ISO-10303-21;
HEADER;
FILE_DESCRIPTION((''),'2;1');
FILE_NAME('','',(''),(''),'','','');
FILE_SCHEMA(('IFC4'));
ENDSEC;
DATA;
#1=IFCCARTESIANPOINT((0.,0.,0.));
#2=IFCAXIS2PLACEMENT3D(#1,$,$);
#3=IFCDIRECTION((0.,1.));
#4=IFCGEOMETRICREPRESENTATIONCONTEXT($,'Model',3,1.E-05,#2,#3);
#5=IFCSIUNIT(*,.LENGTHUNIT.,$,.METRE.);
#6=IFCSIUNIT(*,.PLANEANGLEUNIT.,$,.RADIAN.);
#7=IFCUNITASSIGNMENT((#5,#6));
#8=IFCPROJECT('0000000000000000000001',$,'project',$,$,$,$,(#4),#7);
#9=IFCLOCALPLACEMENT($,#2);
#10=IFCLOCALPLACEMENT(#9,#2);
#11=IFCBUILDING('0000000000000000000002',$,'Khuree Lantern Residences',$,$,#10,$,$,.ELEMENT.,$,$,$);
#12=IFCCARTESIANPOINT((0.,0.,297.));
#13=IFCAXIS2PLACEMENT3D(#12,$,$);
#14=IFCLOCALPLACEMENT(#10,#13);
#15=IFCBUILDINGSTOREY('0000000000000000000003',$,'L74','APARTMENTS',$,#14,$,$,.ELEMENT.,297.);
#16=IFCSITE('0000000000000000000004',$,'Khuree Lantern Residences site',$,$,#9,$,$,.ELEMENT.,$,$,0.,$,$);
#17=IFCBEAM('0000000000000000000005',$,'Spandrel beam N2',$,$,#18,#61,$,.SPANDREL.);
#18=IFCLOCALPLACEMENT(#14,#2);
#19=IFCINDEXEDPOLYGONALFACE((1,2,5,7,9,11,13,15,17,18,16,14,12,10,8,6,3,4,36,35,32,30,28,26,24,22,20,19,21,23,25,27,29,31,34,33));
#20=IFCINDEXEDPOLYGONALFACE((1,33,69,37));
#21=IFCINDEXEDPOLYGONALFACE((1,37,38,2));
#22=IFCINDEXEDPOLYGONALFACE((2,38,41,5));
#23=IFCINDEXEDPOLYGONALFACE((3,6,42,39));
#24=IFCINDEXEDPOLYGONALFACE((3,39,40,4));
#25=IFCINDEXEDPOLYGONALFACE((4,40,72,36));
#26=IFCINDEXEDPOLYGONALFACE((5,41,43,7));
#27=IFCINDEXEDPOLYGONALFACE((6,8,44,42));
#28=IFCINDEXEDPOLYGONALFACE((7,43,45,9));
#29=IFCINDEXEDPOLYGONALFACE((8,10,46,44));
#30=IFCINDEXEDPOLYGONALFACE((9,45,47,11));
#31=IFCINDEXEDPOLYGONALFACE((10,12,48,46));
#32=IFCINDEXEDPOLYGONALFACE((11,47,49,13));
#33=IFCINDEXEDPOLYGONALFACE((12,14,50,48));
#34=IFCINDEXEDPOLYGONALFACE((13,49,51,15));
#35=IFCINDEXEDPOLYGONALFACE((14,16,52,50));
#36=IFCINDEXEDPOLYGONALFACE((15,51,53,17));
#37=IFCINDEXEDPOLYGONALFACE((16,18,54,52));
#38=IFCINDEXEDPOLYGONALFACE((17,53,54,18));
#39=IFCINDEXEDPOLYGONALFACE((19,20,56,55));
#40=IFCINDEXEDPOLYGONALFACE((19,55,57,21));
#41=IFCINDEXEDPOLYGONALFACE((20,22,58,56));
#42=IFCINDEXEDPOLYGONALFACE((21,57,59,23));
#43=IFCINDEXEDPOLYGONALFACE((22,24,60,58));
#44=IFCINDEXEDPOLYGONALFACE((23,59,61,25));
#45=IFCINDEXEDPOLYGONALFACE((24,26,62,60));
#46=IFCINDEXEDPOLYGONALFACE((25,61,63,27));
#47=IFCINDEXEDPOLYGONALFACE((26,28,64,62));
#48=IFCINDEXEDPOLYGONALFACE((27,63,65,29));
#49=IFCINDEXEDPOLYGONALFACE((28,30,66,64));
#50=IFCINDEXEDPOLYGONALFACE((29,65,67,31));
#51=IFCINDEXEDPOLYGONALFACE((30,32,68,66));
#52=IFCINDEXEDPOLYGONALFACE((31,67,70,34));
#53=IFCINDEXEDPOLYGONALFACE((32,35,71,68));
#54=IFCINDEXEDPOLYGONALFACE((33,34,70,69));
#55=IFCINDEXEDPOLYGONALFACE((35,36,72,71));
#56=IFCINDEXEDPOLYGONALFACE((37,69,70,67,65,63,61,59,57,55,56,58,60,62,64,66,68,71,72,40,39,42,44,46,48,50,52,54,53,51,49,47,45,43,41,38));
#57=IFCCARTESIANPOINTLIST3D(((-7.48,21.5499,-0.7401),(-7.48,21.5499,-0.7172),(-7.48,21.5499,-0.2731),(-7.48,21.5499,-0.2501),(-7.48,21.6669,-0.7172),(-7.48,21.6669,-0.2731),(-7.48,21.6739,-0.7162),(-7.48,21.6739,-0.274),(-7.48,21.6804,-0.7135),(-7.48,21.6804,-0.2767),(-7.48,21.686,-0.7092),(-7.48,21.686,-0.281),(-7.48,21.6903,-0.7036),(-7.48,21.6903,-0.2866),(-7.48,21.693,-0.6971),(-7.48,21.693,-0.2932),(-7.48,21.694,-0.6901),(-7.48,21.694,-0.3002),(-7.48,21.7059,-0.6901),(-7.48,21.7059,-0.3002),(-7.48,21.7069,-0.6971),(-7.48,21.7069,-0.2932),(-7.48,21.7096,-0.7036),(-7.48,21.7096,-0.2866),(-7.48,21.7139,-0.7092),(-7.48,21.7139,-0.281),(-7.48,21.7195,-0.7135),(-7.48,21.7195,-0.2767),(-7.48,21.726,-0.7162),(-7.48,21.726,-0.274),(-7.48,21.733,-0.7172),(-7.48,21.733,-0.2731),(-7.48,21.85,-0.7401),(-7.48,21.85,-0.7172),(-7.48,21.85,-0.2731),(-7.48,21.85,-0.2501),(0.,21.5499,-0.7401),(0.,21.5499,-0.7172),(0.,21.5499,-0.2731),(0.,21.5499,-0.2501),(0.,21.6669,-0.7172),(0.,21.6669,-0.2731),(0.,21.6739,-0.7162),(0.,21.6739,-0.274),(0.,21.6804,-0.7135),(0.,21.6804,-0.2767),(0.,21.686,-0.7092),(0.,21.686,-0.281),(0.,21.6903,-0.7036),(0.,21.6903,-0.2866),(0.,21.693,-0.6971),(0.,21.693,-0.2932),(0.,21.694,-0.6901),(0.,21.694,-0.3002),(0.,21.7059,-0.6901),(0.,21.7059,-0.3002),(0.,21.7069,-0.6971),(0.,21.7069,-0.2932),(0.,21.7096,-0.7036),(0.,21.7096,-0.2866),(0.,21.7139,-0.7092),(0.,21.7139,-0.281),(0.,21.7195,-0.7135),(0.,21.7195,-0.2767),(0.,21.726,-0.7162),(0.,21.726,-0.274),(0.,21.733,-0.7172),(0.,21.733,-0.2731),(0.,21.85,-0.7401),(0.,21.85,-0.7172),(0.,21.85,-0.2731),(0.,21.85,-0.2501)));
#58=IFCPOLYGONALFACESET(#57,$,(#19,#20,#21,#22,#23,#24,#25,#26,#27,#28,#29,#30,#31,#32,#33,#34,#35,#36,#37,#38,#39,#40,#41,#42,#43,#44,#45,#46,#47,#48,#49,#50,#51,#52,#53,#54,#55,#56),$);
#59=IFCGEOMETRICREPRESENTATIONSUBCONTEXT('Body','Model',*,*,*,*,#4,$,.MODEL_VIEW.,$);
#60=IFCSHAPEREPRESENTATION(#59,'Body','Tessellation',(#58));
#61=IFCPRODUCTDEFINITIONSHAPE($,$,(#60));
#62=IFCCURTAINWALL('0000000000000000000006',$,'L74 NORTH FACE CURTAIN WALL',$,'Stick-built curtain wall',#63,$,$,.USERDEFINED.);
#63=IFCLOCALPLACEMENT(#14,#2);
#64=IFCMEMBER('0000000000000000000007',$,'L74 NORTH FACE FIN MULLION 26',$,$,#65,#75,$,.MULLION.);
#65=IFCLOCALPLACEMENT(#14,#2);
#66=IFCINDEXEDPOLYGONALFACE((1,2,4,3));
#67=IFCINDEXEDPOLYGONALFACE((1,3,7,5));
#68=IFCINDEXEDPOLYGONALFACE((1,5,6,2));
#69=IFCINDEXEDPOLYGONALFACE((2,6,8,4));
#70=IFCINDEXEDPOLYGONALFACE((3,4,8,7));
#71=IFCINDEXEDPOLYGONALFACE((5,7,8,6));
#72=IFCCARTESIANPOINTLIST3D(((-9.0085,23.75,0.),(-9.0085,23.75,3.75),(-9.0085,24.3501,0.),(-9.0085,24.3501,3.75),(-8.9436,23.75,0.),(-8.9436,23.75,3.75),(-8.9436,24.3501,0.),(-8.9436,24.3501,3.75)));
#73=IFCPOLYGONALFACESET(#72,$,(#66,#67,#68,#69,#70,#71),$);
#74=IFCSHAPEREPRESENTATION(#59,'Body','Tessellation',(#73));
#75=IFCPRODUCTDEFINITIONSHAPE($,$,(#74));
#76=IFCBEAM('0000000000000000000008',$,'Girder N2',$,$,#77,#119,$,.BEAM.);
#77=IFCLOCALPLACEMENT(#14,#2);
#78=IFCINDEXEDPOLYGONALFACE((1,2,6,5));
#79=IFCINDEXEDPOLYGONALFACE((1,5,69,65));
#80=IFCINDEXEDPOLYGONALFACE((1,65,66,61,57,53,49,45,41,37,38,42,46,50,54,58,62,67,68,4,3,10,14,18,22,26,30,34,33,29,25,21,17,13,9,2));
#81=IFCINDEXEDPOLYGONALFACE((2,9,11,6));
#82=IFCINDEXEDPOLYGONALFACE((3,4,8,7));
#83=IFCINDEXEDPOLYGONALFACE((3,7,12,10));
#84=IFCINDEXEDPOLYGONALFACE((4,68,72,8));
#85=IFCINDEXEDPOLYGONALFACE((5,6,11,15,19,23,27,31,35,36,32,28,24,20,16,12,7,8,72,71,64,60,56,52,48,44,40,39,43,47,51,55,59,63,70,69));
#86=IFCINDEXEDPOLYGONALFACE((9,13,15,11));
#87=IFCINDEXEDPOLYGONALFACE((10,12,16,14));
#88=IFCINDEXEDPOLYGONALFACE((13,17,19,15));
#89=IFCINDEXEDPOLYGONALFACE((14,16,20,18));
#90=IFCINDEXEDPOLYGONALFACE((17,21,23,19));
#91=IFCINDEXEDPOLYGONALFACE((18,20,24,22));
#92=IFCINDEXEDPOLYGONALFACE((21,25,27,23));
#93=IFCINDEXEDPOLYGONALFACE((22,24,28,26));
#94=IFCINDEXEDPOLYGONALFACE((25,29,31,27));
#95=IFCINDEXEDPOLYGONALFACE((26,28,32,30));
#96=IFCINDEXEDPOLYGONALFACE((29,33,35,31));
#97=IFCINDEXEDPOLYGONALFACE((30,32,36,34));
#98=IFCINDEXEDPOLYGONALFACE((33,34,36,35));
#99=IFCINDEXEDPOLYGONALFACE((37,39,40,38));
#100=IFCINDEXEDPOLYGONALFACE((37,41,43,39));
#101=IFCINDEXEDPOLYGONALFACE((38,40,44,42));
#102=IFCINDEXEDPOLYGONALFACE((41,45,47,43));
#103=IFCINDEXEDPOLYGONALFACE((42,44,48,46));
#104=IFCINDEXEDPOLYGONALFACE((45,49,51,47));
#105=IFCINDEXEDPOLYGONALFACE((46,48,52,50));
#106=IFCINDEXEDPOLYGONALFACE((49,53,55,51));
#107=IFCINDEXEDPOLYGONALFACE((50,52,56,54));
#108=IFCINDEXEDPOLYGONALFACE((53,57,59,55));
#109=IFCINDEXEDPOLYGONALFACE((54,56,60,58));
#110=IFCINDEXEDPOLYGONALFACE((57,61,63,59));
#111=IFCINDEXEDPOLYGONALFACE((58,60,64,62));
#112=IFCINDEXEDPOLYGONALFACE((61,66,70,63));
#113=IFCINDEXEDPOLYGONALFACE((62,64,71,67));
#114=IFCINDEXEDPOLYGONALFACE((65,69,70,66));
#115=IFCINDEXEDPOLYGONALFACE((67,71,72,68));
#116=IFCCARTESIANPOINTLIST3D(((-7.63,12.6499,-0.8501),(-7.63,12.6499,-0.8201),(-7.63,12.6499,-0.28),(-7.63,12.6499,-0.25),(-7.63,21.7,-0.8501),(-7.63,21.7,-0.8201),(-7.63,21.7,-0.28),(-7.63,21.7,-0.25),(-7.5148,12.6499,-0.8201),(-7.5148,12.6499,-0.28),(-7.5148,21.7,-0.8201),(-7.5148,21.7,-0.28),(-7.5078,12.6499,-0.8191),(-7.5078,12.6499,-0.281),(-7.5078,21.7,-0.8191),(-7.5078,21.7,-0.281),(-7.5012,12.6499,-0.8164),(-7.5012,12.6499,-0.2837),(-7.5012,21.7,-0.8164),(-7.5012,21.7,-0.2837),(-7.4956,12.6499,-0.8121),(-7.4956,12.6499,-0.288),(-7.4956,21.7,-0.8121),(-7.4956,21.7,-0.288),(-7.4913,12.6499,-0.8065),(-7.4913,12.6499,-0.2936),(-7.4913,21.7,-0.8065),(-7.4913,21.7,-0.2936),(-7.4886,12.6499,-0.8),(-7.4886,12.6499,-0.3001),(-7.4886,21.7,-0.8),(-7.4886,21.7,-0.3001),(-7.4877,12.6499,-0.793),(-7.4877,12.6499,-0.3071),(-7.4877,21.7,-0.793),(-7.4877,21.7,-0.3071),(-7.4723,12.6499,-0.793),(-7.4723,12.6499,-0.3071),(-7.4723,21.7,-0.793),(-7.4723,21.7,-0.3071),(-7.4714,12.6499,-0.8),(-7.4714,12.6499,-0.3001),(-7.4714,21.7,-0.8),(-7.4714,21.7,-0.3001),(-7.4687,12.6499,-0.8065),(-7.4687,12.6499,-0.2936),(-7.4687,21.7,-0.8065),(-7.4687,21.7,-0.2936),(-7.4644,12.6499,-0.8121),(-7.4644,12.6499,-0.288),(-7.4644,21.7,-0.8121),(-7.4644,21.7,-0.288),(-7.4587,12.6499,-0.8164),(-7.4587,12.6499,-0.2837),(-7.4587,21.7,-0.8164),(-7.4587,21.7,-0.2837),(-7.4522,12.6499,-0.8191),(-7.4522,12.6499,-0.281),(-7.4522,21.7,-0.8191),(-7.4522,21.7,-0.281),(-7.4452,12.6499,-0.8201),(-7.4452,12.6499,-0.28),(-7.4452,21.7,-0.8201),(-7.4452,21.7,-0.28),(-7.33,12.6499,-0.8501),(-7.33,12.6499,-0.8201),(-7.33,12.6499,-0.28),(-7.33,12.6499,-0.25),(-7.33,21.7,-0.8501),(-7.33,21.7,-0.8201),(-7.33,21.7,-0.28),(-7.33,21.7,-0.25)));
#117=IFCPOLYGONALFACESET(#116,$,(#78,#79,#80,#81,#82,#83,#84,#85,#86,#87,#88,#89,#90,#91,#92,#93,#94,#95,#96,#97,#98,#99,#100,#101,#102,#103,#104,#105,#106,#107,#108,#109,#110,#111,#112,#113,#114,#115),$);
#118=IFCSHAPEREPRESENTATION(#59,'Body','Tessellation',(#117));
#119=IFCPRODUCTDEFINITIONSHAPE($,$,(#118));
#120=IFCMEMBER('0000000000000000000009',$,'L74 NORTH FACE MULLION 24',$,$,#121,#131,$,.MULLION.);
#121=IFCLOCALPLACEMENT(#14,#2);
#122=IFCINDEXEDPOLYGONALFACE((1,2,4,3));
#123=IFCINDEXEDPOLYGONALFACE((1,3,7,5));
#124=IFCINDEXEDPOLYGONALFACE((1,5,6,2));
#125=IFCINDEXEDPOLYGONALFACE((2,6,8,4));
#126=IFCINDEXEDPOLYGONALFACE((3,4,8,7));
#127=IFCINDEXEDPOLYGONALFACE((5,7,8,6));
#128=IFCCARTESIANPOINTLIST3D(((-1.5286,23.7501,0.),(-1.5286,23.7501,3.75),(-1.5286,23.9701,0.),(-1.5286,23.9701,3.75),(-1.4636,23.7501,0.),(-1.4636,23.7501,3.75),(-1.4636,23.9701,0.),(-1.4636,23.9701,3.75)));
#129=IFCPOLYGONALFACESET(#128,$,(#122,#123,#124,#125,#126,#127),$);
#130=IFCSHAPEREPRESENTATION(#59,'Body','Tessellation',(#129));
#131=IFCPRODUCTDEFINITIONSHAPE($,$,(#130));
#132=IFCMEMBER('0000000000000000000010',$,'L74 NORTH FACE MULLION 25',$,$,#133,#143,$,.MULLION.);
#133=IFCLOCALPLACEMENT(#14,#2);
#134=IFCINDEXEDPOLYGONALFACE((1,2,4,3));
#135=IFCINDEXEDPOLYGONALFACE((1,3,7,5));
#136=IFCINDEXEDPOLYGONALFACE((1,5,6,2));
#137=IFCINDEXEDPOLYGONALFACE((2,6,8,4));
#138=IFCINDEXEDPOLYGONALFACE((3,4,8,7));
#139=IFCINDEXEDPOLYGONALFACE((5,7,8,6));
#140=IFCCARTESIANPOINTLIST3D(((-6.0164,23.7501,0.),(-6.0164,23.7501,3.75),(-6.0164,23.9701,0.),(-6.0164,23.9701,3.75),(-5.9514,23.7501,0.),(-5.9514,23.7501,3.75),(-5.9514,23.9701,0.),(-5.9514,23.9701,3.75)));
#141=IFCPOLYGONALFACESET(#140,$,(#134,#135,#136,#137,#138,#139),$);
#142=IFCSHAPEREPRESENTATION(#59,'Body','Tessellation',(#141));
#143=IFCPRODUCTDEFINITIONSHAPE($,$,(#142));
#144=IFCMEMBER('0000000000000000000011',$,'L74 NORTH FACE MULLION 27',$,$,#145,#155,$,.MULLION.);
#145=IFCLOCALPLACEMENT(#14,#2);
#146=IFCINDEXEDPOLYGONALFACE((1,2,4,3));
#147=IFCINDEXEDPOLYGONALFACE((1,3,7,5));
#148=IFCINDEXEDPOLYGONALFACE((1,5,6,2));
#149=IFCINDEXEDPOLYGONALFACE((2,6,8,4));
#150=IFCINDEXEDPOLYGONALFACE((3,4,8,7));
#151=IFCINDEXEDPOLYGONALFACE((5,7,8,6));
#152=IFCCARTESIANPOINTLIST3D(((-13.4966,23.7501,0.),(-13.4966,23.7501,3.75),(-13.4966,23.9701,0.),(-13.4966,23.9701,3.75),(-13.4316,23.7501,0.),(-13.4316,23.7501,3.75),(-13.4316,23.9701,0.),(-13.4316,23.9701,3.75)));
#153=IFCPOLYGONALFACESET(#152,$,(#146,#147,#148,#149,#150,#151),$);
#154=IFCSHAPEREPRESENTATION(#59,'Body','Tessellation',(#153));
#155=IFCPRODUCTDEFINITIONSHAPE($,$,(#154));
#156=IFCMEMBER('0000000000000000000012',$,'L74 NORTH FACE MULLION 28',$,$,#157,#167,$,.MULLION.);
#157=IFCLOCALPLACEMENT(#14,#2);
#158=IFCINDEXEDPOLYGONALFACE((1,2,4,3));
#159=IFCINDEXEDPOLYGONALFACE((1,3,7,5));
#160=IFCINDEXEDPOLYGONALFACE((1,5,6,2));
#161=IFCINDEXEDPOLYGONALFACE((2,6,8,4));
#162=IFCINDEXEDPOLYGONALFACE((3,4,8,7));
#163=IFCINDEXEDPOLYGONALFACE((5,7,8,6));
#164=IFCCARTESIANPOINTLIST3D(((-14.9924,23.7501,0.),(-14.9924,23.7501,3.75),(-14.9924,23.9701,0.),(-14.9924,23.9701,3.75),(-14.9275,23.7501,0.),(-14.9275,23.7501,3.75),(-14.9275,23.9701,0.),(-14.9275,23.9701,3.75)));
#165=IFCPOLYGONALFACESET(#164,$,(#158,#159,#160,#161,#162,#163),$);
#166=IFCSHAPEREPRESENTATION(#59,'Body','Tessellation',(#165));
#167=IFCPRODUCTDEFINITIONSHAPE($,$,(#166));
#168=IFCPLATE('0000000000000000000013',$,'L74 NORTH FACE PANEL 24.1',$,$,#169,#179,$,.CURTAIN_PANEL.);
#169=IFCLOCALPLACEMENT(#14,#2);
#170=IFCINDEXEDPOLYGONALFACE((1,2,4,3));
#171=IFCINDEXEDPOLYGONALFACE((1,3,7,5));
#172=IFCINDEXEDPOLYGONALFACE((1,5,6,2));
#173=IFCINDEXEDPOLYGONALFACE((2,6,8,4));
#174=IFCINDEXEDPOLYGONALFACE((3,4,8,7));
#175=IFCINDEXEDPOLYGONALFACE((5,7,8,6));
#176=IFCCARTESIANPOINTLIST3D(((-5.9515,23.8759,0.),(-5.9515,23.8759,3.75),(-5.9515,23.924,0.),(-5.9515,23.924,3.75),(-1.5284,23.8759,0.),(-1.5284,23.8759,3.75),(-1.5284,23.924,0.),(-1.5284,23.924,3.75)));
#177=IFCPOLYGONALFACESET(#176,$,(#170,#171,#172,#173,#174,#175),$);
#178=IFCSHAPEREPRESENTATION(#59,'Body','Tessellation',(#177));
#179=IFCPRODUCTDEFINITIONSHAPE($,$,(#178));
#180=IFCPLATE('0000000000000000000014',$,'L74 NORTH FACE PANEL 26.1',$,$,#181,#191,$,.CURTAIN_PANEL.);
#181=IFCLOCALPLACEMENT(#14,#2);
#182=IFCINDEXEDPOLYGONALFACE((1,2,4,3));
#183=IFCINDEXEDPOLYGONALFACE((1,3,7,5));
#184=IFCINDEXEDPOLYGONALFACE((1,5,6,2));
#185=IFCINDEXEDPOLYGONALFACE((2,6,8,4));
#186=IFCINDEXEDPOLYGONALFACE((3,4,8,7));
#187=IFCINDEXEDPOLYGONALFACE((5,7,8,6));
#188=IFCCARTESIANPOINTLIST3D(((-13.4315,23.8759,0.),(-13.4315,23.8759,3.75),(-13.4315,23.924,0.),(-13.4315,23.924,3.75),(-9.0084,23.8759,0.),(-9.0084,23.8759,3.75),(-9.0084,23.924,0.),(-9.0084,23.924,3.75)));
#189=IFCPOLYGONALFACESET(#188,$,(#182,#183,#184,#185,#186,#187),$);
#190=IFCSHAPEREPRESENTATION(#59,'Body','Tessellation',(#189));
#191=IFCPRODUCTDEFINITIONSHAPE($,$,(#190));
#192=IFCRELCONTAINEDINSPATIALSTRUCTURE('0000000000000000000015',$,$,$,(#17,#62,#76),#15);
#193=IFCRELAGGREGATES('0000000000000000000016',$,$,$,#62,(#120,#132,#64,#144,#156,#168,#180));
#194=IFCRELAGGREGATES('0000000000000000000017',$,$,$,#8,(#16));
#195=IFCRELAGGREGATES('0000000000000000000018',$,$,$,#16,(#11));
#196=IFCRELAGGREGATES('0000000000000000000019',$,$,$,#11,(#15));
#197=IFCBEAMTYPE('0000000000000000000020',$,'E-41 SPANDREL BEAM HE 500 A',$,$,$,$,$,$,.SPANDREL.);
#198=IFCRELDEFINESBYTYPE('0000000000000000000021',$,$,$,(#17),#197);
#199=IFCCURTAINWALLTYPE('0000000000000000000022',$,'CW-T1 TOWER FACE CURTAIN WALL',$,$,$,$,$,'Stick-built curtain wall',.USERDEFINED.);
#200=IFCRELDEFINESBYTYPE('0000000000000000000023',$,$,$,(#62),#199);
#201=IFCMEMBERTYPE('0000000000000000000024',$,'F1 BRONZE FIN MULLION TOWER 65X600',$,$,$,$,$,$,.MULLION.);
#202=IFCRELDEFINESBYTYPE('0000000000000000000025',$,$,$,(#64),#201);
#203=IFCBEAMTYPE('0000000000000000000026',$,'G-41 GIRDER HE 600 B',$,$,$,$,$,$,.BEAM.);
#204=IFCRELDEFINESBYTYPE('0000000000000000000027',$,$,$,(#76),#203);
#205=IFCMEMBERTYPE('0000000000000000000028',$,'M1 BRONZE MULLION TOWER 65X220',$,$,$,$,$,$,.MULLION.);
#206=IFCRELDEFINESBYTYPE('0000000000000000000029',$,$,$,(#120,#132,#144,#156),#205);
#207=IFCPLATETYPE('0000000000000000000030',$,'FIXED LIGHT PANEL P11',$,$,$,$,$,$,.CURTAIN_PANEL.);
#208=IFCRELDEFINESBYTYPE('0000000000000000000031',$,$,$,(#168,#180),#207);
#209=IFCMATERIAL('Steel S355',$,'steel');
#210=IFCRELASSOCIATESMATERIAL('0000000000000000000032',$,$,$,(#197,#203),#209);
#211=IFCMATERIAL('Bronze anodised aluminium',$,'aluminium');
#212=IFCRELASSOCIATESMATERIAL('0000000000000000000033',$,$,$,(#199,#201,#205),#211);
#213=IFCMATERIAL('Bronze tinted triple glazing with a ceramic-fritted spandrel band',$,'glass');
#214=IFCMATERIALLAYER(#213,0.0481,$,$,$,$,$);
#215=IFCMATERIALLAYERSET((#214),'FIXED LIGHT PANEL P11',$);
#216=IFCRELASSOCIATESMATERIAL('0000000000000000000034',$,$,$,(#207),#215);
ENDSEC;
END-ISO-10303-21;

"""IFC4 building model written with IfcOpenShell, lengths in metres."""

from ifc_helpers import new_model, si_unit, direction, frame, origin, origin_2d, place, context, subcontext, project, spatial, rectangle, i_section, extrude, material, layer, layer_set, material_profile, profile_set, type_object, element, aggregate, save


model = new_model("IFC4")

# Units and contexts
model_context = context("Model", 3, precision=1e-05, world=origin(), true_north=direction((0.0, 1.0)))
body_context = subcontext(model_context, "Body", "Model", "MODEL_VIEW")
ifc_project = project(units=[si_unit("LENGTHUNIT", "METRE"), si_unit("PLANEANGLEUNIT", "RADIAN")], contexts=[model_context])

# Site, building, storey
site_placement = place(None, origin())
site = spatial("IfcSite", under=ifc_project, at=site_placement, Name="Khuree Lantern Residences site", CompositionType="ELEMENT", RefElevation=0.0)
building_placement = place(site_placement, origin())
building = spatial("IfcBuilding", under=site, at=building_placement, Name="Khuree Lantern Residences", CompositionType="ELEMENT")
storey_placement = place(building_placement, frame((0.0, 0.0, 297.0)))
storey = spatial("IfcBuildingStorey", under=building, at=storey_placement, Name="L74", Description="APARTMENTS", CompositionType="ELEMENT", Elevation=297.0)

# Beam
ifc_material_1 = material(Name="Steel S355", Category="steel")
ifc_material_profile_1 = material_profile(ifc_material_1, i_section(OverallWidth=0.3, OverallDepth=0.49, WebThickness=0.012, FlangeThickness=0.0229, FilletRadius=0.0271, at=origin_2d()), Name="HE 500 A")
ifc_profile_set_1 = profile_set([ifc_material_profile_1], Name="Steel S355")
beam_type_1 = type_object("IfcBeamType", Name="E-41 SPANDREL BEAM HE 500 A", PredefinedType="SPANDREL", material=ifc_profile_set_1)
for number, where, z_axis, x_axis, name in (
    (1, (-7.48, 21.7, -0.4951), (1.0, 0.0, 0.0), (0.0, 1.0, 0.0), "Spandrel beam N2"),
):
    element("IfcBeam", number, at=place(storey_placement, frame(where, z_axis=z_axis, x_axis=x_axis)), inside=storey, type_object=beam_type_1, Name=name, PredefinedType="SPANDREL", context=body_context, shape_type="SweptSolid", body=[
        extrude(i_section(OverallWidth=0.3, OverallDepth=0.49, WebThickness=0.012, FlangeThickness=0.0229, FilletRadius=0.0271, at=origin_2d()), origin(), (0.0, 0.0, 1.0), 7.48),
    ])

# Curtain wall, member
ifc_material_2 = material(Name="Bronze anodised aluminium", Category="aluminium")
curtain_wall_type = type_object("IfcCurtainWallType", Name="CW-T1 TOWER FACE CURTAIN WALL", ElementType="Stick-built curtain wall", PredefinedType="USERDEFINED", material=ifc_material_2)
curtain_wall_placement = place(storey_placement, origin())
curtain_wall = element("IfcCurtainWall", 2, at=curtain_wall_placement, inside=storey, type_object=curtain_wall_type, Name="L74 NORTH FACE CURTAIN WALL", ObjectType="Stick-built curtain wall", PredefinedType="USERDEFINED")
ifc_material_profile_2 = material_profile(ifc_material_2, rectangle(XDim=0.0649, YDim=0.6001, at=origin_2d()), Name="F1 65X600")
ifc_profile_set_2 = profile_set([ifc_material_profile_2], Name="Bronze anodised aluminium")
member_type_1 = type_object("IfcMemberType", Name="F1 BRONZE FIN MULLION TOWER 65X600", PredefinedType="MULLION", material=ifc_profile_set_2)
member_1_placement = place(storey_placement, frame((-8.9761, 24.05, 0.0), z_axis=(0.0, 0.0, 1.0), x_axis=(-1.0, 0.0, 0.0)))
member_1 = element("IfcMember", 3, at=member_1_placement, type_object=member_type_1, Name="L74 NORTH FACE FIN MULLION 26", PredefinedType="MULLION", context=body_context, shape_type="SweptSolid", body=[
    extrude(rectangle(XDim=0.0649, YDim=0.6001, at=origin_2d()), origin(), (0.0, 0.0, 1.0), 3.75),
])

# Beam
ifc_material_profile_3 = material_profile(ifc_material_1, i_section(OverallWidth=0.3, OverallDepth=0.6001, WebThickness=0.0154, FlangeThickness=0.03, FilletRadius=0.0271, at=origin_2d()), Name="HE 600 B")
ifc_profile_set_3 = profile_set([ifc_material_profile_3], Name="Steel S355")
beam_type_2 = type_object("IfcBeamType", Name="G-41 GIRDER HE 600 B", PredefinedType="BEAM", material=ifc_profile_set_3)
beam_placement = place(storey_placement, frame((-7.48, 21.7, -0.55), z_axis=(0.0, -1.0, 0.0), x_axis=(1.0, 0.0, 0.0)))
element("IfcBeam", 4, at=beam_placement, inside=storey, type_object=beam_type_2, Name="Girder N2", PredefinedType="BEAM", context=body_context, shape_type="SweptSolid", body=[
    extrude(i_section(OverallWidth=0.3, OverallDepth=0.6001, WebThickness=0.0154, FlangeThickness=0.03, FilletRadius=0.0271, at=origin_2d()), origin(), (0.0, 0.0, 1.0), 9.05),
])

# Members
ifc_material_profile_4 = material_profile(ifc_material_2, rectangle(XDim=0.0649, YDim=0.22, at=origin_2d()), Name="M1 65X220")
ifc_profile_set_4 = profile_set([ifc_material_profile_4], Name="Bronze anodised aluminium")
member_type_2 = type_object("IfcMemberType", Name="M1 BRONZE MULLION TOWER 65X220", PredefinedType="MULLION", material=ifc_profile_set_4)
member_2_placement = place(storey_placement, frame((-1.4961, 23.8601, 0.0), z_axis=(0.0, 0.0, 1.0), x_axis=(-1.0, 0.0, 0.0)))
member_2 = element("IfcMember", 5, at=member_2_placement, type_object=member_type_2, Name="L74 NORTH FACE MULLION 24", PredefinedType="MULLION", context=body_context, shape_type="SweptSolid", body=[
    extrude(rectangle(XDim=0.0649, YDim=0.22, at=origin_2d()), origin(), (0.0, 0.0, 1.0), 3.75),
])
member_3_placement = place(storey_placement, frame((-5.9839, 23.8601, 0.0), z_axis=(0.0, 0.0, 1.0), x_axis=(-1.0, 0.0, 0.0)))
member_3 = element("IfcMember", 6, at=member_3_placement, type_object=member_type_2, Name="L74 NORTH FACE MULLION 25", PredefinedType="MULLION", context=body_context, shape_type="SweptSolid", body=[
    extrude(rectangle(XDim=0.0649, YDim=0.22, at=origin_2d()), origin(), (0.0, 0.0, 1.0), 3.75),
])
member_4_placement = place(storey_placement, frame((-13.4641, 23.8601, 0.0), z_axis=(0.0, 0.0, 1.0), x_axis=(-1.0, 0.0, 0.0)))
member_4 = element("IfcMember", 7, at=member_4_placement, type_object=member_type_2, Name="L74 NORTH FACE MULLION 27", PredefinedType="MULLION", context=body_context, shape_type="SweptSolid", body=[
    extrude(rectangle(XDim=0.0649, YDim=0.22, at=origin_2d()), origin(), (0.0, 0.0, 1.0), 3.75),
])
member_5_placement = place(storey_placement, frame((-14.96, 23.8601, 0.0), z_axis=(0.0, 0.0, 1.0), x_axis=(-1.0, 0.0, 0.0)))
member_5 = element("IfcMember", 8, at=member_5_placement, type_object=member_type_2, Name="L74 NORTH FACE MULLION 28", PredefinedType="MULLION", context=body_context, shape_type="SweptSolid", body=[
    extrude(rectangle(XDim=0.0649, YDim=0.22, at=origin_2d()), origin(), (0.0, 0.0, 1.0), 3.75),
])

# Plates
ifc_material_3 = material(Name="Bronze tinted triple glazing with a ceramic-fritted spandrel band", Category="glass")
ifc_layer_1 = layer(ifc_material_3, 0.0481)
ifc_layer_set_1 = layer_set([ifc_layer_1], Name="FIXED LIGHT PANEL P11")
plate_type_1 = type_object("IfcPlateType", Name="FIXED LIGHT PANEL P11", PredefinedType="CURTAIN_PANEL", material=ifc_layer_set_1)
plate_1_placement = place(storey_placement, frame((-3.74, 23.8999, 0.0), z_axis=(0.0, 0.0, 1.0), x_axis=(-1.0, 0.0, 0.0)))
plate_1 = element("IfcPlate", 9, at=plate_1_placement, type_object=plate_type_1, Name="L74 NORTH FACE PANEL 24.1", PredefinedType="CURTAIN_PANEL", context=body_context, shape_type="SweptSolid", body=[
    extrude(rectangle(XDim=4.4231, YDim=0.0481, at=origin_2d()), origin(), (0.0, 0.0, 1.0), 3.75),
])
plate_2_placement = place(storey_placement, frame((-11.22, 23.8999, 0.0), z_axis=(0.0, 0.0, 1.0), x_axis=(-1.0, 0.0, 0.0)))
plate_2 = element("IfcPlate", 10, at=plate_2_placement, type_object=plate_type_1, Name="L74 NORTH FACE PANEL 26.1", PredefinedType="CURTAIN_PANEL", context=body_context, shape_type="SweptSolid", body=[
    extrude(rectangle(XDim=4.4231, YDim=0.0481, at=origin_2d()), origin(), (0.0, 0.0, 1.0), 3.75),
])
aggregate(curtain_wall, [member_2, member_3, member_1, member_4, member_5, plate_1, plate_2])

save(model, "model.ifc")
